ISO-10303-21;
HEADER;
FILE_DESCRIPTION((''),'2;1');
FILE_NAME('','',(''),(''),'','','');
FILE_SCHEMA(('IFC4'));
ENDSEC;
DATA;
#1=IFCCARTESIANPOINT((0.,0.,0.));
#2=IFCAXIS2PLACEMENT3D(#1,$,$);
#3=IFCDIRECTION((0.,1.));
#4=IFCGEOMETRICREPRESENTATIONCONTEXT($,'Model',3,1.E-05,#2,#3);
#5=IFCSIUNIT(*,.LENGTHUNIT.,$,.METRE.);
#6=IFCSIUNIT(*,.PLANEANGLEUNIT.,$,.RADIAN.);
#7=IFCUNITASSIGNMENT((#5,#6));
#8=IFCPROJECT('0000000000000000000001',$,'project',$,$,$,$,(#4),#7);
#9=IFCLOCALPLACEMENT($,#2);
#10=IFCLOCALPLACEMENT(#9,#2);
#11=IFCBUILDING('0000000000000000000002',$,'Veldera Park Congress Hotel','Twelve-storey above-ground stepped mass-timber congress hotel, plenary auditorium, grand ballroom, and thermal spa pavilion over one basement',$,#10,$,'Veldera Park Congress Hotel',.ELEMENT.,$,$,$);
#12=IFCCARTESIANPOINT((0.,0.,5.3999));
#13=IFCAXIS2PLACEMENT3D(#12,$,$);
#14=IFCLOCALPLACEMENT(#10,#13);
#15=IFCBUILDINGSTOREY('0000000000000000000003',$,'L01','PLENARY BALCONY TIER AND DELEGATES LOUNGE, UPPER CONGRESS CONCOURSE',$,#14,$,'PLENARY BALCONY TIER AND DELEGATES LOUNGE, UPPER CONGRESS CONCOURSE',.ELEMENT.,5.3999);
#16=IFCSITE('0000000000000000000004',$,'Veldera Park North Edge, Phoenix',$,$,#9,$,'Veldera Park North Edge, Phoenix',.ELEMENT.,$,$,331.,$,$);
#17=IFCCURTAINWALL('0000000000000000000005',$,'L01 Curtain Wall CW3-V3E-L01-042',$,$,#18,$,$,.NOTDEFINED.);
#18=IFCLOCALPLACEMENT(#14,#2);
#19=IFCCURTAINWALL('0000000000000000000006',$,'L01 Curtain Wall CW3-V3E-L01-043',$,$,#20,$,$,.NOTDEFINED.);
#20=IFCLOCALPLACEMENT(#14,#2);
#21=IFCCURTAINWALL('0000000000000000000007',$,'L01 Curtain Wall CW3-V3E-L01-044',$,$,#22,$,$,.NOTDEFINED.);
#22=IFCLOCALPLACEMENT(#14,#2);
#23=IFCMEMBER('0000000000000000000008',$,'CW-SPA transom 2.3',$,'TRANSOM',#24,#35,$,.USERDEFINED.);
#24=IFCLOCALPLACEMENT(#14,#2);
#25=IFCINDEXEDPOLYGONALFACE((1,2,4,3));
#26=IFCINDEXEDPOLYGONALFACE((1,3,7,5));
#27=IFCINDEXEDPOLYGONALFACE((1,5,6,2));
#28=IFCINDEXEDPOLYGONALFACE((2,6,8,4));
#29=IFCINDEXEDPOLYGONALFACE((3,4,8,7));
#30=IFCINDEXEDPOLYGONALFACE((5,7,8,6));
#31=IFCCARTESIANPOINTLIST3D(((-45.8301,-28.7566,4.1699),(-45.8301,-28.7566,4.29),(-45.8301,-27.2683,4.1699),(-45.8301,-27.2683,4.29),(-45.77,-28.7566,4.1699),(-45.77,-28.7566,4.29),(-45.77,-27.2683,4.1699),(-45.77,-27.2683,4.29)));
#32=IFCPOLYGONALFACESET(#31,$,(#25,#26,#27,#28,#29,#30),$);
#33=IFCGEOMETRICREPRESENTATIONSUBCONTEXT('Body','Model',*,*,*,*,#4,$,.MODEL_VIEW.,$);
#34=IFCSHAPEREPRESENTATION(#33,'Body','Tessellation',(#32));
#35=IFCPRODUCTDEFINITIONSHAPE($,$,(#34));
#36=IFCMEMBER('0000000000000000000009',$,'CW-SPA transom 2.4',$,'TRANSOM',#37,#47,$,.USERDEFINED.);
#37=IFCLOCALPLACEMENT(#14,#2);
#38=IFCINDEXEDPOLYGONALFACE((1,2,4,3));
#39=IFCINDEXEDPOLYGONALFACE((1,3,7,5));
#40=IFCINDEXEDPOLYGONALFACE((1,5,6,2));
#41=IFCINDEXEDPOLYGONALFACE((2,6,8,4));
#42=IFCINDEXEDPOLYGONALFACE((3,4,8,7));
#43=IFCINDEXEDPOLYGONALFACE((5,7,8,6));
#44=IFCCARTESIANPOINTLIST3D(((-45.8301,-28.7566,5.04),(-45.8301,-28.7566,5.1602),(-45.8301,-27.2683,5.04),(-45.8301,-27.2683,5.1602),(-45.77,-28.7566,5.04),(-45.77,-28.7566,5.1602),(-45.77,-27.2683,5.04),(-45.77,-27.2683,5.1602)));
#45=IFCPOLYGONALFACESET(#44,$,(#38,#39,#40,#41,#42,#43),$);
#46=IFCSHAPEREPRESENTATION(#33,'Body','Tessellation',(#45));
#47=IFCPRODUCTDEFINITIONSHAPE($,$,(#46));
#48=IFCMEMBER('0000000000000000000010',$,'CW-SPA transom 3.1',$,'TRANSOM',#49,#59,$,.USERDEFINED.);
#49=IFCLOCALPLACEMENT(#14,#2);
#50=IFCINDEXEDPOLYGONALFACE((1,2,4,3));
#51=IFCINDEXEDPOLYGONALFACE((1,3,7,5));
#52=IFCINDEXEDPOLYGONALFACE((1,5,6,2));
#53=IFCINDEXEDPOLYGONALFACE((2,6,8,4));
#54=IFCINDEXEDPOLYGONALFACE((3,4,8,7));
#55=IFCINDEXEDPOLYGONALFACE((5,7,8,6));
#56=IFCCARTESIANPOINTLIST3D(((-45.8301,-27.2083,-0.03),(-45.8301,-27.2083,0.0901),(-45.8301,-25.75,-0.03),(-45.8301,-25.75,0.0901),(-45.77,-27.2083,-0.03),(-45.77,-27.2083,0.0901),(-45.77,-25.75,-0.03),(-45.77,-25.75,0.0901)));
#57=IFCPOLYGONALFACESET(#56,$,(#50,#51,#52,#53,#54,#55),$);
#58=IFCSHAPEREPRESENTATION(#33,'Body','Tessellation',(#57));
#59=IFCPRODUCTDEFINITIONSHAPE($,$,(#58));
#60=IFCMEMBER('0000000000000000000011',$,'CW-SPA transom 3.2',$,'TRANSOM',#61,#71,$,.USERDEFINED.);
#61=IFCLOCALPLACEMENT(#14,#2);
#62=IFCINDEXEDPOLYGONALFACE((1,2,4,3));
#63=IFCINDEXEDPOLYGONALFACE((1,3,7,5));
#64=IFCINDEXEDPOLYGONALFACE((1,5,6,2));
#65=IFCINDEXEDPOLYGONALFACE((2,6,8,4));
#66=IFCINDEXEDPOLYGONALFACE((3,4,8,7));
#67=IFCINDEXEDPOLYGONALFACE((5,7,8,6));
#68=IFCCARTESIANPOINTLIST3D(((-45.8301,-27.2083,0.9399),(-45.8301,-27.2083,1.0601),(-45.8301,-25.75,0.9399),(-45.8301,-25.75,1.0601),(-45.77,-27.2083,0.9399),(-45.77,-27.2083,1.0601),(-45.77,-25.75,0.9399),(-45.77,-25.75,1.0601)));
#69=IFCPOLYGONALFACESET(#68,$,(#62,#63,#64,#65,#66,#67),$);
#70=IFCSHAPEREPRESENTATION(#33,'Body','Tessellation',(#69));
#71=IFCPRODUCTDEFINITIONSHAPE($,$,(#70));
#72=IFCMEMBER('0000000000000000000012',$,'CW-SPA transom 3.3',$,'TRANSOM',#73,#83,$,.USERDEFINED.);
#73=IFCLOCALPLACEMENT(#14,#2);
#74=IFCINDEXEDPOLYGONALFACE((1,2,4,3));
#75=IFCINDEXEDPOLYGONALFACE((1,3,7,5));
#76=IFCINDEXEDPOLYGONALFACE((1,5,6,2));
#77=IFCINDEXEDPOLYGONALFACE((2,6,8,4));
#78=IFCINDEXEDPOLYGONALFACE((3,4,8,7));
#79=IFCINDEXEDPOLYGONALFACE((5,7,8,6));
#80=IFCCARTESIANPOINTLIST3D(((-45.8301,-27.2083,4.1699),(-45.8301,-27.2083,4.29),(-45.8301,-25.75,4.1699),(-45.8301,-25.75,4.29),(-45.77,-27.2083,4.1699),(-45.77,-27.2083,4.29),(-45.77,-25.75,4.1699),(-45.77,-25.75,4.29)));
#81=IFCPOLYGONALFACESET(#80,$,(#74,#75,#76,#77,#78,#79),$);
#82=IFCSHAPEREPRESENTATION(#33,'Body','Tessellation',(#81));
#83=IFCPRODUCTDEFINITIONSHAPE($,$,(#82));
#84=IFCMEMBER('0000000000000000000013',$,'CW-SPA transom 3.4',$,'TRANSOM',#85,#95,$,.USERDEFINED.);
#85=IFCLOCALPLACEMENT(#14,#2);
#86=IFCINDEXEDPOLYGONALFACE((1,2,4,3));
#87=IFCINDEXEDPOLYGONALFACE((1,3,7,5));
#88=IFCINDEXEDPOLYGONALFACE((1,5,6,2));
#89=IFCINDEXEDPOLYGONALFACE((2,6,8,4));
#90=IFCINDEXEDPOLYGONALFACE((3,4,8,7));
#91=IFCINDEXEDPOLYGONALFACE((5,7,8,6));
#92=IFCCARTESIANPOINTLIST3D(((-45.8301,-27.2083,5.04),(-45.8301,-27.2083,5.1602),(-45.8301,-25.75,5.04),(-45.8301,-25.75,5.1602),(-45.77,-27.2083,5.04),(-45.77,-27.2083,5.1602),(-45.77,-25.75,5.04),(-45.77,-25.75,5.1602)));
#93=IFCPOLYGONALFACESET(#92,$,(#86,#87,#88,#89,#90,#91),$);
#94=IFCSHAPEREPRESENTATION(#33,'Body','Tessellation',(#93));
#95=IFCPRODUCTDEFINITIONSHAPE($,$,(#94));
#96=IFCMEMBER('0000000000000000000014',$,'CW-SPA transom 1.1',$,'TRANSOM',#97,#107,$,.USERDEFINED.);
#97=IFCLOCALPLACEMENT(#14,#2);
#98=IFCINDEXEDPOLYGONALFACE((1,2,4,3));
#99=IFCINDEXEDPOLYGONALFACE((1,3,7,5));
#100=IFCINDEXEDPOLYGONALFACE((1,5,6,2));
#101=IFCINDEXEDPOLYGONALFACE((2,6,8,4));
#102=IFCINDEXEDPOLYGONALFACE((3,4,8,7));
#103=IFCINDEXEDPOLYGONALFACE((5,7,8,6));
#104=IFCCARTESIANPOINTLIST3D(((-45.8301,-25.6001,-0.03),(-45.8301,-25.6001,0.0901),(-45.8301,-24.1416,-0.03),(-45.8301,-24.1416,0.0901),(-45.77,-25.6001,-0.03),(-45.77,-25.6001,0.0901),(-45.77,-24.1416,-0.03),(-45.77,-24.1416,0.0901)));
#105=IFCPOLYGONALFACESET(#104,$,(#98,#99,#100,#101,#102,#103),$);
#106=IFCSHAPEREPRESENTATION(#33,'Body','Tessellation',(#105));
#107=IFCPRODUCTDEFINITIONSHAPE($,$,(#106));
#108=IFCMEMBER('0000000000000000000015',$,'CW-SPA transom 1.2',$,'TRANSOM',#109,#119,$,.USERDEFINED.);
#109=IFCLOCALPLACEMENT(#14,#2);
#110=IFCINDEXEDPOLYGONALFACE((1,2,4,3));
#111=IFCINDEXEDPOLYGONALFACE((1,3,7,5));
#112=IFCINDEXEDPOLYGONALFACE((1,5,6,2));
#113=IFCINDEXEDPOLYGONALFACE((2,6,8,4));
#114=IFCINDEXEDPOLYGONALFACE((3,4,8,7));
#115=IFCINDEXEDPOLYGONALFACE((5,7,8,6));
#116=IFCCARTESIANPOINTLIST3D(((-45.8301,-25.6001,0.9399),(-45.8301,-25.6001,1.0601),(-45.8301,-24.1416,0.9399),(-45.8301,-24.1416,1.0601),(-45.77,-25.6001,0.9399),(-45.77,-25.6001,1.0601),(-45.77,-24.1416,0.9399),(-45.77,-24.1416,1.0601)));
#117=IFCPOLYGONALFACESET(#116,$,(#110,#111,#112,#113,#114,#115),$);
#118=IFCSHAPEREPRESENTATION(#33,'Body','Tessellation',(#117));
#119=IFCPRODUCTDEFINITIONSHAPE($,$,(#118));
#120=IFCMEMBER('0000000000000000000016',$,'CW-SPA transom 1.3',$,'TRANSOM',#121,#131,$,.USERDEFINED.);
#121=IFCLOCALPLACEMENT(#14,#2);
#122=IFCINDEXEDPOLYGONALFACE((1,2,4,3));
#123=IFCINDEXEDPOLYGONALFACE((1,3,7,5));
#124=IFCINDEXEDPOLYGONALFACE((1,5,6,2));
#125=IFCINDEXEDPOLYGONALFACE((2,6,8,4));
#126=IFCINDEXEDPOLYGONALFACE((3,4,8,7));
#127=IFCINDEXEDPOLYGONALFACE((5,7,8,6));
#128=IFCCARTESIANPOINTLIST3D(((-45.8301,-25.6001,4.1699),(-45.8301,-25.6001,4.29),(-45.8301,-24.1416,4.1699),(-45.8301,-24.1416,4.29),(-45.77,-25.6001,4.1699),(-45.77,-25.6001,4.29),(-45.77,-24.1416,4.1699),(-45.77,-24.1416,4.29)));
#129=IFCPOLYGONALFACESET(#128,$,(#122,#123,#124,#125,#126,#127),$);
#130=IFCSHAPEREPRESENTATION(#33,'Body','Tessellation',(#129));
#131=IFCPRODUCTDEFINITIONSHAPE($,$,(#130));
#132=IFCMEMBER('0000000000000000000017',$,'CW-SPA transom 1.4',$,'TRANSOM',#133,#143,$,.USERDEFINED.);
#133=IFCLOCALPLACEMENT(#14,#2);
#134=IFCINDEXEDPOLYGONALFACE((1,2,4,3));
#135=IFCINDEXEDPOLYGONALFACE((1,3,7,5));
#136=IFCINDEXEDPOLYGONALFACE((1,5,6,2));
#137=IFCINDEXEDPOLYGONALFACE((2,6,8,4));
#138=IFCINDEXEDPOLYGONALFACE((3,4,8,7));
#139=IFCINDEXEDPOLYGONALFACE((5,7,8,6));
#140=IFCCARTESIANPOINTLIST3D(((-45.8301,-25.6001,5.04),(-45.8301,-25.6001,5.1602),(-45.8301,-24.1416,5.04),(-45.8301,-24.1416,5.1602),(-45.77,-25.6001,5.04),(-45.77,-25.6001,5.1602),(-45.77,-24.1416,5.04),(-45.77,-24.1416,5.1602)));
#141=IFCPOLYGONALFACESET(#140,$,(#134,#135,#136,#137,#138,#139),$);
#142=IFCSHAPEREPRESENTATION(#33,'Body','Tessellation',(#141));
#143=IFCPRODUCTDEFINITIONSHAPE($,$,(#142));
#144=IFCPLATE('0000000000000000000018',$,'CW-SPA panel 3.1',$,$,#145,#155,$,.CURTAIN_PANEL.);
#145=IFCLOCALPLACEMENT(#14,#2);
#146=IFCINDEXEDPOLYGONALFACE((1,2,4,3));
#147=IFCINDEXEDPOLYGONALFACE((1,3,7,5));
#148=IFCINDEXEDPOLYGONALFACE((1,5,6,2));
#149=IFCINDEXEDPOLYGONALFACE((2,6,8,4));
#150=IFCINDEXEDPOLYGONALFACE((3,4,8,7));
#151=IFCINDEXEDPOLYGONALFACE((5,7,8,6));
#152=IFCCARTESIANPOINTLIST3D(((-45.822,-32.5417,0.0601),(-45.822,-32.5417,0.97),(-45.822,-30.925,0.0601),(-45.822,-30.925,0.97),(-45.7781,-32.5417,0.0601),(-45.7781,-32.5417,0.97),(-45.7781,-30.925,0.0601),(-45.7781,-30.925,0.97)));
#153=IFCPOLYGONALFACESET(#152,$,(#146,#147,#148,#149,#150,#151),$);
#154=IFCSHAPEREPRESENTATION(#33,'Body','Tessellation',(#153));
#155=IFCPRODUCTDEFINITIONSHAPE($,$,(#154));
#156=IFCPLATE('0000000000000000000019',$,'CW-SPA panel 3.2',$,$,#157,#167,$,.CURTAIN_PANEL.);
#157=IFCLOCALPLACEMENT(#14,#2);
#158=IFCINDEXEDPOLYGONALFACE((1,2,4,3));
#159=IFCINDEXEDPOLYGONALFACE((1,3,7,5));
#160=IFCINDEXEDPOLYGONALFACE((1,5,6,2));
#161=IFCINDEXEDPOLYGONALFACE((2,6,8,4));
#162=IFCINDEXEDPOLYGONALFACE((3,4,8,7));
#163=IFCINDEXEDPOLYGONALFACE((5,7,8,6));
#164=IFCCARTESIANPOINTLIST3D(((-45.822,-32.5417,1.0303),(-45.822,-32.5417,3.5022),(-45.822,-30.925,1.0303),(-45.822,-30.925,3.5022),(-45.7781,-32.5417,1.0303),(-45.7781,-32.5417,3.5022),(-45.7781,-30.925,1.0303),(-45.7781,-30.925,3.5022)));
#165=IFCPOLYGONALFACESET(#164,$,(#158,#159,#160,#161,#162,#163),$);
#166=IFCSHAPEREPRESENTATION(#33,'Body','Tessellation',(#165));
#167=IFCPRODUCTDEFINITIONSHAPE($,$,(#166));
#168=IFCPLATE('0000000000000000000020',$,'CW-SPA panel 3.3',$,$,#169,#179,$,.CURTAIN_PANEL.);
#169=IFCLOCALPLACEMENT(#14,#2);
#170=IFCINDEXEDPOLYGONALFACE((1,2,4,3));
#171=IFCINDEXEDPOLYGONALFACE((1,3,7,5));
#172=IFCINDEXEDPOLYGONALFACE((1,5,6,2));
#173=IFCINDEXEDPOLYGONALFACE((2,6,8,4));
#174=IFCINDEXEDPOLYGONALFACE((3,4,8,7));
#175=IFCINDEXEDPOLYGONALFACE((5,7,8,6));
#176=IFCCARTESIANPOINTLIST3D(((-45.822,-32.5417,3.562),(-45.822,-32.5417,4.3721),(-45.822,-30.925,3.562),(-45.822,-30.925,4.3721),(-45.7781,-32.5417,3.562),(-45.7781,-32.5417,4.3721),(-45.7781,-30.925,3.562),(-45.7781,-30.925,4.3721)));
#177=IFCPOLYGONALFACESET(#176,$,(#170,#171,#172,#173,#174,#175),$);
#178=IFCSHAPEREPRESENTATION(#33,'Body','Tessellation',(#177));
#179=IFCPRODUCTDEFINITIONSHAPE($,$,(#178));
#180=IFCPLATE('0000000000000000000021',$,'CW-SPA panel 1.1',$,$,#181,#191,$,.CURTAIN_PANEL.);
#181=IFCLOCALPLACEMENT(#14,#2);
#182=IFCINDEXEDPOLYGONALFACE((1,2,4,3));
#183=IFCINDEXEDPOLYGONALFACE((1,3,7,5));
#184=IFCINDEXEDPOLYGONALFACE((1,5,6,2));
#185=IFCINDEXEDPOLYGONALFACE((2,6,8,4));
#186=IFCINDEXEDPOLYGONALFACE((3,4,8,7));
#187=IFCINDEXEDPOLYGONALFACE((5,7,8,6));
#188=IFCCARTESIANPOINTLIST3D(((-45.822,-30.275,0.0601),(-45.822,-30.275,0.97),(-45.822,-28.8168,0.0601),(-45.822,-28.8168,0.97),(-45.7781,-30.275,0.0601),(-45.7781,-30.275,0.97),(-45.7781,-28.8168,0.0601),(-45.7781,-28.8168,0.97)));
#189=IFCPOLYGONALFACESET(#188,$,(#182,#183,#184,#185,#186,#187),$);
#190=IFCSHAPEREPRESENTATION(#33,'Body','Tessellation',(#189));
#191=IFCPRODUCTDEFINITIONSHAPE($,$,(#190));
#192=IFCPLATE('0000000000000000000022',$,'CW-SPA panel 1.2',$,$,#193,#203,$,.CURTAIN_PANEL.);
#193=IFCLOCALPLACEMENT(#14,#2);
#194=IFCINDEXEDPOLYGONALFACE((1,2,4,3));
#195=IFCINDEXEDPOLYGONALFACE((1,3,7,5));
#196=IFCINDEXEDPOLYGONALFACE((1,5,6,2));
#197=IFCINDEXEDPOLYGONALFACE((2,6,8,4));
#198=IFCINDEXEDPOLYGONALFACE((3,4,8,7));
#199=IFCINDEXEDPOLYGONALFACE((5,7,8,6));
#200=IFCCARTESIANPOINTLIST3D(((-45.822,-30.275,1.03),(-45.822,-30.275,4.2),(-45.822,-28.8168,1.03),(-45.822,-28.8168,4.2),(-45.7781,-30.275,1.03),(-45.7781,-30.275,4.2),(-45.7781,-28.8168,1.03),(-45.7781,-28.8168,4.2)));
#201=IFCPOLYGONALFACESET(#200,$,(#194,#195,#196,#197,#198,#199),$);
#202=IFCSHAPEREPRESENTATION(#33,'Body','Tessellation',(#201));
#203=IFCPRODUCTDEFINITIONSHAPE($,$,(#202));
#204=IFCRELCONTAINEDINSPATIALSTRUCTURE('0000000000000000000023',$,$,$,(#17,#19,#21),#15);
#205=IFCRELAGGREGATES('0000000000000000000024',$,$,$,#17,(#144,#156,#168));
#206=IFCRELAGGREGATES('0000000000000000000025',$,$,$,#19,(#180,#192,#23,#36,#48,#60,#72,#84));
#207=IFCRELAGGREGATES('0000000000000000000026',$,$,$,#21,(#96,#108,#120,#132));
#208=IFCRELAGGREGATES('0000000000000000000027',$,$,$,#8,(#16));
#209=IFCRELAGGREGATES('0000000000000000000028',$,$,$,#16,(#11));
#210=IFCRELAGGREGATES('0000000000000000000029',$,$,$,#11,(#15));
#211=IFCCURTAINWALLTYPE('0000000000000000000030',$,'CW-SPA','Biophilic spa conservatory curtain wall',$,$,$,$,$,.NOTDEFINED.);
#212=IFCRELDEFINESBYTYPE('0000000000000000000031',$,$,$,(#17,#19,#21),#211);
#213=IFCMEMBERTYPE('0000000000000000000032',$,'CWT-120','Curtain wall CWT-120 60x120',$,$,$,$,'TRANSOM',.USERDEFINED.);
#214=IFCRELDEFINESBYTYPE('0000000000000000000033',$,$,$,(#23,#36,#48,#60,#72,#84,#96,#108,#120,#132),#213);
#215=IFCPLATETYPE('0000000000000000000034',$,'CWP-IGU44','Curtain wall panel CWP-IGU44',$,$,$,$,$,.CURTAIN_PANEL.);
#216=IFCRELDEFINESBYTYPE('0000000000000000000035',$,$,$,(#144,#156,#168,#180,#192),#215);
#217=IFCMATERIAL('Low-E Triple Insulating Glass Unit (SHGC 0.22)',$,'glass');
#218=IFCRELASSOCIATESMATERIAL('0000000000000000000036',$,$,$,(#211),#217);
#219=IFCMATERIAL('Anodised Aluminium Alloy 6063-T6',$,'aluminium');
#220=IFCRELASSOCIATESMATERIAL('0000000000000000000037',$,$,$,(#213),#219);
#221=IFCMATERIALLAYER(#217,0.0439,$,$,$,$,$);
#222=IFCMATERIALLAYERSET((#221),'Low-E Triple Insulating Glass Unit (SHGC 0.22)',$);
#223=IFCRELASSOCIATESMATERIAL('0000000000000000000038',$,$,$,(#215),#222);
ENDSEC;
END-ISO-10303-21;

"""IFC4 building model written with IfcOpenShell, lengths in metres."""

from ifc_helpers import new_model, si_unit, direction, frame, origin, origin_2d, place, context, subcontext, project, spatial, rectangle, extrude, material, layer, layer_set, material_profile, profile_set, type_object, element, aggregate, save


model = new_model("IFC4")

# Units and contexts
model_context = context("Model", 3, precision=1e-05, world=origin(), true_north=direction((0.0, 1.0)))
body_context = subcontext(model_context, "Body", "Model", "MODEL_VIEW")
ifc_project = project(units=[si_unit("LENGTHUNIT", "METRE"), si_unit("PLANEANGLEUNIT", "RADIAN")], contexts=[model_context])

# Site, building, storey
site_placement = place(None, origin())
site = spatial("IfcSite", under=ifc_project, at=site_placement, Name="Veldera Park North Edge, Phoenix", LongName="Veldera Park North Edge, Phoenix", CompositionType="ELEMENT", RefElevation=331.0)
building_placement = place(site_placement, origin())
building = spatial("IfcBuilding", under=site, at=building_placement, Name="Veldera Park Congress Hotel", Description="Twelve-storey above-ground stepped mass-timber congress hotel, plenary auditorium, grand ballroom, and thermal spa pavilion over one basement", LongName="Veldera Park Congress Hotel", CompositionType="ELEMENT")
storey_placement = place(building_placement, frame((0.0, 0.0, 5.3999)))
storey = spatial("IfcBuildingStorey", under=building, at=storey_placement, Name="L01", Description="PLENARY BALCONY TIER AND DELEGATES LOUNGE, UPPER CONGRESS CONCOURSE", LongName="PLENARY BALCONY TIER AND DELEGATES LOUNGE, UPPER CONGRESS CONCOURSE", CompositionType="ELEMENT", Elevation=5.3999)

# Curtain wall
ifc_material_1 = material(Name="Low-E Triple Insulating Glass Unit (SHGC 0.22)", Category="glass")
curtain_wall_type = type_object("IfcCurtainWallType", Name="CW-SPA", Description="Biophilic spa conservatory curtain wall", PredefinedType="NOTDEFINED", material=ifc_material_1)
curtain_wall_1_placement = place(storey_placement, origin())
curtain_wall_1 = element("IfcCurtainWall", 1, at=curtain_wall_1_placement, inside=storey, type_object=curtain_wall_type, Name="L01 Curtain Wall CW3-V3E-L01-042", PredefinedType="NOTDEFINED")
ifc_material_2 = material(Name="Anodised Aluminium Alloy 6063-T6", Category="aluminium")

# Curtain wall
curtain_wall_2_placement = place(storey_placement, origin())
curtain_wall_2 = element("IfcCurtainWall", 2, at=curtain_wall_2_placement, inside=storey, type_object=curtain_wall_type, Name="L01 Curtain Wall CW3-V3E-L01-043", PredefinedType="NOTDEFINED")

# Curtain wall
curtain_wall_3_placement = place(storey_placement, origin())
curtain_wall_3 = element("IfcCurtainWall", 3, at=curtain_wall_3_placement, inside=storey, type_object=curtain_wall_type, Name="L01 Curtain Wall CW3-V3E-L01-044", PredefinedType="NOTDEFINED")

# Members
ifc_material_profile_1 = material_profile(ifc_material_2, rectangle(XDim=0.0601, YDim=0.1201, at=origin_2d()), Name="ALU 60x120")
ifc_profile_set_1 = profile_set([ifc_material_profile_1], Name="Anodised Aluminium Alloy 6063-T6")
member_type_1 = type_object("IfcMemberType", Name="CWT-120", Description="Curtain wall CWT-120 60x120", ElementType="TRANSOM", PredefinedType="USERDEFINED", material=ifc_profile_set_1)
member_1_placement = place(storey_placement, frame((-45.8, -28.7566, 4.23), z_axis=(0.0, 1.0, 0.0), x_axis=(-1.0, 0.0, 0.0)))
member_1 = element("IfcMember", 4, at=member_1_placement, type_object=member_type_1, Name="CW-SPA transom 2.3", ObjectType="TRANSOM", PredefinedType="USERDEFINED", context=body_context, shape_type="SweptSolid", body=[
    extrude(rectangle(XDim=0.0601, YDim=0.1201, at=origin_2d()), origin(), (0.0, 0.0, 1.0), 1.4883),
])
member_2_placement = place(storey_placement, frame((-45.8, -28.7566, 5.1001), z_axis=(0.0, 1.0, 0.0), x_axis=(-1.0, 0.0, 0.0)))
member_2 = element("IfcMember", 5, at=member_2_placement, type_object=member_type_1, Name="CW-SPA transom 2.4", ObjectType="TRANSOM", PredefinedType="USERDEFINED", context=body_context, shape_type="SweptSolid", body=[
    extrude(rectangle(XDim=0.0601, YDim=0.1201, at=origin_2d()), origin(), (0.0, 0.0, 1.0), 1.4883),
])
member_3_placement = place(storey_placement, frame((-45.8, -27.2083, 0.03), z_axis=(0.0, 1.0, 0.0), x_axis=(-1.0, 0.0, 0.0)))
member_3 = element("IfcMember", 6, at=member_3_placement, type_object=member_type_1, Name="CW-SPA transom 3.1", ObjectType="TRANSOM", PredefinedType="USERDEFINED", context=body_context, shape_type="SweptSolid", body=[
    extrude(rectangle(XDim=0.0601, YDim=0.1201, at=origin_2d()), origin(), (0.0, 0.0, 1.0), 1.4583),
])
member_4_placement = place(storey_placement, frame((-45.8, -27.2083, 1.0), z_axis=(0.0, 1.0, 0.0), x_axis=(-1.0, 0.0, 0.0)))
member_4 = element("IfcMember", 7, at=member_4_placement, type_object=member_type_1, Name="CW-SPA transom 3.2", ObjectType="TRANSOM", PredefinedType="USERDEFINED", context=body_context, shape_type="SweptSolid", body=[
    extrude(rectangle(XDim=0.0601, YDim=0.1201, at=origin_2d()), origin(), (0.0, 0.0, 1.0), 1.4583),
])
member_5_placement = place(storey_placement, frame((-45.8, -27.2083, 4.23), z_axis=(0.0, 1.0, 0.0), x_axis=(-1.0, 0.0, 0.0)))
member_5 = element("IfcMember", 8, at=member_5_placement, type_object=member_type_1, Name="CW-SPA transom 3.3", ObjectType="TRANSOM", PredefinedType="USERDEFINED", context=body_context, shape_type="SweptSolid", body=[
    extrude(rectangle(XDim=0.0601, YDim=0.1201, at=origin_2d()), origin(), (0.0, 0.0, 1.0), 1.4583),
])
member_6_placement = place(storey_placement, frame((-45.8, -27.2083, 5.1001), z_axis=(0.0, 1.0, 0.0), x_axis=(-1.0, 0.0, 0.0)))
member_6 = element("IfcMember", 9, at=member_6_placement, type_object=member_type_1, Name="CW-SPA transom 3.4", ObjectType="TRANSOM", PredefinedType="USERDEFINED", context=body_context, shape_type="SweptSolid", body=[
    extrude(rectangle(XDim=0.0601, YDim=0.1201, at=origin_2d()), origin(), (0.0, 0.0, 1.0), 1.4583),
])
member_7_placement = place(storey_placement, frame((-45.8, -25.6001, 0.03), z_axis=(0.0, 1.0, 0.0), x_axis=(-1.0, 0.0, 0.0)))
member_7 = element("IfcMember", 10, at=member_7_placement, type_object=member_type_1, Name="CW-SPA transom 1.1", ObjectType="TRANSOM", PredefinedType="USERDEFINED", context=body_context, shape_type="SweptSolid", body=[
    extrude(rectangle(XDim=0.0601, YDim=0.1201, at=origin_2d()), origin(), (0.0, 0.0, 1.0), 1.4585),
])
member_8_placement = place(storey_placement, frame((-45.8, -25.6001, 1.0), z_axis=(0.0, 1.0, 0.0), x_axis=(-1.0, 0.0, 0.0)))
member_8 = element("IfcMember", 11, at=member_8_placement, type_object=member_type_1, Name="CW-SPA transom 1.2", ObjectType="TRANSOM", PredefinedType="USERDEFINED", context=body_context, shape_type="SweptSolid", body=[
    extrude(rectangle(XDim=0.0601, YDim=0.1201, at=origin_2d()), origin(), (0.0, 0.0, 1.0), 1.4585),
])
member_9_placement = place(storey_placement, frame((-45.8, -25.6001, 4.23), z_axis=(0.0, 1.0, 0.0), x_axis=(-1.0, 0.0, 0.0)))
member_9 = element("IfcMember", 12, at=member_9_placement, type_object=member_type_1, Name="CW-SPA transom 1.3", ObjectType="TRANSOM", PredefinedType="USERDEFINED", context=body_context, shape_type="SweptSolid", body=[
    extrude(rectangle(XDim=0.0601, YDim=0.1201, at=origin_2d()), origin(), (0.0, 0.0, 1.0), 1.4585),
])
member_10_placement = place(storey_placement, frame((-45.8, -25.6001, 5.1001), z_axis=(0.0, 1.0, 0.0), x_axis=(-1.0, 0.0, 0.0)))
member_10 = element("IfcMember", 13, at=member_10_placement, type_object=member_type_1, Name="CW-SPA transom 1.4", ObjectType="TRANSOM", PredefinedType="USERDEFINED", context=body_context, shape_type="SweptSolid", body=[
    extrude(rectangle(XDim=0.0601, YDim=0.1201, at=origin_2d()), origin(), (0.0, 0.0, 1.0), 1.4585),
])

# Plates
ifc_layer = layer(ifc_material_1, 0.0439)
ifc_layer_set = layer_set([ifc_layer], Name="Low-E Triple Insulating Glass Unit (SHGC 0.22)")
plate_type = type_object("IfcPlateType", Name="CWP-IGU44", Description="Curtain wall panel CWP-IGU44", PredefinedType="CURTAIN_PANEL", material=ifc_layer_set)
plate_1_placement = place(storey_placement, frame((-45.8, -31.7334, 0.0601), z_axis=(0.0, 0.0, 1.0), x_axis=(0.0, 1.0, 0.0)))
plate_1 = element("IfcPlate", 14, at=plate_1_placement, type_object=plate_type, Name="CW-SPA panel 3.1", PredefinedType="CURTAIN_PANEL", context=body_context, shape_type="SweptSolid", body=[
    extrude(rectangle(XDim=1.6167, YDim=0.0439, at=origin_2d()), origin(), (0.0, 0.0, 1.0), 0.9099),
])
plate_2_placement = place(storey_placement, frame((-45.8, -31.7334, 1.0303), z_axis=(0.0, 0.0, 1.0), x_axis=(0.0, 1.0, 0.0)))
plate_2 = element("IfcPlate", 15, at=plate_2_placement, type_object=plate_type, Name="CW-SPA panel 3.2", PredefinedType="CURTAIN_PANEL", context=body_context, shape_type="SweptSolid", body=[
    extrude(rectangle(XDim=1.6167, YDim=0.0439, at=origin_2d()), origin(), (0.0, 0.0, 1.0), 2.4719),
])
plate_3_placement = place(storey_placement, frame((-45.8, -31.7334, 3.562), z_axis=(0.0, 0.0, 1.0), x_axis=(0.0, 1.0, 0.0)))
plate_3 = element("IfcPlate", 16, at=plate_3_placement, type_object=plate_type, Name="CW-SPA panel 3.3", PredefinedType="CURTAIN_PANEL", context=body_context, shape_type="SweptSolid", body=[
    extrude(rectangle(XDim=1.6167, YDim=0.0439, at=origin_2d()), origin(), (0.0, 0.0, 1.0), 0.8101),
])
aggregate(curtain_wall_1, [plate_1, plate_2, plate_3])
plate_4_placement = place(storey_placement, frame((-45.8, -29.5459, 0.0601), z_axis=(0.0, 0.0, 1.0), x_axis=(0.0, 1.0, 0.0)))
plate_4 = element("IfcPlate", 17, at=plate_4_placement, type_object=plate_type, Name="CW-SPA panel 1.1", PredefinedType="CURTAIN_PANEL", context=body_context, shape_type="SweptSolid", body=[
    extrude(rectangle(XDim=1.4583, YDim=0.0439, at=origin_2d()), origin(), (0.0, 0.0, 1.0), 0.9099),
])
plate_5_placement = place(storey_placement, frame((-45.8, -29.5459, 1.03), z_axis=(0.0, 0.0, 1.0), x_axis=(0.0, 1.0, 0.0)))
plate_5 = element("IfcPlate", 18, at=plate_5_placement, type_object=plate_type, Name="CW-SPA panel 1.2", PredefinedType="CURTAIN_PANEL", context=body_context, shape_type="SweptSolid", body=[
    extrude(rectangle(XDim=1.4583, YDim=0.0439, at=origin_2d()), origin(), (0.0, 0.0, 1.0), 3.1699),
])
aggregate(curtain_wall_2, [plate_4, plate_5, member_1, member_2, member_3, member_4, member_5, member_6])
aggregate(curtain_wall_3, [member_7, member_8, member_9, member_10])

save(model, "model.ifc")
